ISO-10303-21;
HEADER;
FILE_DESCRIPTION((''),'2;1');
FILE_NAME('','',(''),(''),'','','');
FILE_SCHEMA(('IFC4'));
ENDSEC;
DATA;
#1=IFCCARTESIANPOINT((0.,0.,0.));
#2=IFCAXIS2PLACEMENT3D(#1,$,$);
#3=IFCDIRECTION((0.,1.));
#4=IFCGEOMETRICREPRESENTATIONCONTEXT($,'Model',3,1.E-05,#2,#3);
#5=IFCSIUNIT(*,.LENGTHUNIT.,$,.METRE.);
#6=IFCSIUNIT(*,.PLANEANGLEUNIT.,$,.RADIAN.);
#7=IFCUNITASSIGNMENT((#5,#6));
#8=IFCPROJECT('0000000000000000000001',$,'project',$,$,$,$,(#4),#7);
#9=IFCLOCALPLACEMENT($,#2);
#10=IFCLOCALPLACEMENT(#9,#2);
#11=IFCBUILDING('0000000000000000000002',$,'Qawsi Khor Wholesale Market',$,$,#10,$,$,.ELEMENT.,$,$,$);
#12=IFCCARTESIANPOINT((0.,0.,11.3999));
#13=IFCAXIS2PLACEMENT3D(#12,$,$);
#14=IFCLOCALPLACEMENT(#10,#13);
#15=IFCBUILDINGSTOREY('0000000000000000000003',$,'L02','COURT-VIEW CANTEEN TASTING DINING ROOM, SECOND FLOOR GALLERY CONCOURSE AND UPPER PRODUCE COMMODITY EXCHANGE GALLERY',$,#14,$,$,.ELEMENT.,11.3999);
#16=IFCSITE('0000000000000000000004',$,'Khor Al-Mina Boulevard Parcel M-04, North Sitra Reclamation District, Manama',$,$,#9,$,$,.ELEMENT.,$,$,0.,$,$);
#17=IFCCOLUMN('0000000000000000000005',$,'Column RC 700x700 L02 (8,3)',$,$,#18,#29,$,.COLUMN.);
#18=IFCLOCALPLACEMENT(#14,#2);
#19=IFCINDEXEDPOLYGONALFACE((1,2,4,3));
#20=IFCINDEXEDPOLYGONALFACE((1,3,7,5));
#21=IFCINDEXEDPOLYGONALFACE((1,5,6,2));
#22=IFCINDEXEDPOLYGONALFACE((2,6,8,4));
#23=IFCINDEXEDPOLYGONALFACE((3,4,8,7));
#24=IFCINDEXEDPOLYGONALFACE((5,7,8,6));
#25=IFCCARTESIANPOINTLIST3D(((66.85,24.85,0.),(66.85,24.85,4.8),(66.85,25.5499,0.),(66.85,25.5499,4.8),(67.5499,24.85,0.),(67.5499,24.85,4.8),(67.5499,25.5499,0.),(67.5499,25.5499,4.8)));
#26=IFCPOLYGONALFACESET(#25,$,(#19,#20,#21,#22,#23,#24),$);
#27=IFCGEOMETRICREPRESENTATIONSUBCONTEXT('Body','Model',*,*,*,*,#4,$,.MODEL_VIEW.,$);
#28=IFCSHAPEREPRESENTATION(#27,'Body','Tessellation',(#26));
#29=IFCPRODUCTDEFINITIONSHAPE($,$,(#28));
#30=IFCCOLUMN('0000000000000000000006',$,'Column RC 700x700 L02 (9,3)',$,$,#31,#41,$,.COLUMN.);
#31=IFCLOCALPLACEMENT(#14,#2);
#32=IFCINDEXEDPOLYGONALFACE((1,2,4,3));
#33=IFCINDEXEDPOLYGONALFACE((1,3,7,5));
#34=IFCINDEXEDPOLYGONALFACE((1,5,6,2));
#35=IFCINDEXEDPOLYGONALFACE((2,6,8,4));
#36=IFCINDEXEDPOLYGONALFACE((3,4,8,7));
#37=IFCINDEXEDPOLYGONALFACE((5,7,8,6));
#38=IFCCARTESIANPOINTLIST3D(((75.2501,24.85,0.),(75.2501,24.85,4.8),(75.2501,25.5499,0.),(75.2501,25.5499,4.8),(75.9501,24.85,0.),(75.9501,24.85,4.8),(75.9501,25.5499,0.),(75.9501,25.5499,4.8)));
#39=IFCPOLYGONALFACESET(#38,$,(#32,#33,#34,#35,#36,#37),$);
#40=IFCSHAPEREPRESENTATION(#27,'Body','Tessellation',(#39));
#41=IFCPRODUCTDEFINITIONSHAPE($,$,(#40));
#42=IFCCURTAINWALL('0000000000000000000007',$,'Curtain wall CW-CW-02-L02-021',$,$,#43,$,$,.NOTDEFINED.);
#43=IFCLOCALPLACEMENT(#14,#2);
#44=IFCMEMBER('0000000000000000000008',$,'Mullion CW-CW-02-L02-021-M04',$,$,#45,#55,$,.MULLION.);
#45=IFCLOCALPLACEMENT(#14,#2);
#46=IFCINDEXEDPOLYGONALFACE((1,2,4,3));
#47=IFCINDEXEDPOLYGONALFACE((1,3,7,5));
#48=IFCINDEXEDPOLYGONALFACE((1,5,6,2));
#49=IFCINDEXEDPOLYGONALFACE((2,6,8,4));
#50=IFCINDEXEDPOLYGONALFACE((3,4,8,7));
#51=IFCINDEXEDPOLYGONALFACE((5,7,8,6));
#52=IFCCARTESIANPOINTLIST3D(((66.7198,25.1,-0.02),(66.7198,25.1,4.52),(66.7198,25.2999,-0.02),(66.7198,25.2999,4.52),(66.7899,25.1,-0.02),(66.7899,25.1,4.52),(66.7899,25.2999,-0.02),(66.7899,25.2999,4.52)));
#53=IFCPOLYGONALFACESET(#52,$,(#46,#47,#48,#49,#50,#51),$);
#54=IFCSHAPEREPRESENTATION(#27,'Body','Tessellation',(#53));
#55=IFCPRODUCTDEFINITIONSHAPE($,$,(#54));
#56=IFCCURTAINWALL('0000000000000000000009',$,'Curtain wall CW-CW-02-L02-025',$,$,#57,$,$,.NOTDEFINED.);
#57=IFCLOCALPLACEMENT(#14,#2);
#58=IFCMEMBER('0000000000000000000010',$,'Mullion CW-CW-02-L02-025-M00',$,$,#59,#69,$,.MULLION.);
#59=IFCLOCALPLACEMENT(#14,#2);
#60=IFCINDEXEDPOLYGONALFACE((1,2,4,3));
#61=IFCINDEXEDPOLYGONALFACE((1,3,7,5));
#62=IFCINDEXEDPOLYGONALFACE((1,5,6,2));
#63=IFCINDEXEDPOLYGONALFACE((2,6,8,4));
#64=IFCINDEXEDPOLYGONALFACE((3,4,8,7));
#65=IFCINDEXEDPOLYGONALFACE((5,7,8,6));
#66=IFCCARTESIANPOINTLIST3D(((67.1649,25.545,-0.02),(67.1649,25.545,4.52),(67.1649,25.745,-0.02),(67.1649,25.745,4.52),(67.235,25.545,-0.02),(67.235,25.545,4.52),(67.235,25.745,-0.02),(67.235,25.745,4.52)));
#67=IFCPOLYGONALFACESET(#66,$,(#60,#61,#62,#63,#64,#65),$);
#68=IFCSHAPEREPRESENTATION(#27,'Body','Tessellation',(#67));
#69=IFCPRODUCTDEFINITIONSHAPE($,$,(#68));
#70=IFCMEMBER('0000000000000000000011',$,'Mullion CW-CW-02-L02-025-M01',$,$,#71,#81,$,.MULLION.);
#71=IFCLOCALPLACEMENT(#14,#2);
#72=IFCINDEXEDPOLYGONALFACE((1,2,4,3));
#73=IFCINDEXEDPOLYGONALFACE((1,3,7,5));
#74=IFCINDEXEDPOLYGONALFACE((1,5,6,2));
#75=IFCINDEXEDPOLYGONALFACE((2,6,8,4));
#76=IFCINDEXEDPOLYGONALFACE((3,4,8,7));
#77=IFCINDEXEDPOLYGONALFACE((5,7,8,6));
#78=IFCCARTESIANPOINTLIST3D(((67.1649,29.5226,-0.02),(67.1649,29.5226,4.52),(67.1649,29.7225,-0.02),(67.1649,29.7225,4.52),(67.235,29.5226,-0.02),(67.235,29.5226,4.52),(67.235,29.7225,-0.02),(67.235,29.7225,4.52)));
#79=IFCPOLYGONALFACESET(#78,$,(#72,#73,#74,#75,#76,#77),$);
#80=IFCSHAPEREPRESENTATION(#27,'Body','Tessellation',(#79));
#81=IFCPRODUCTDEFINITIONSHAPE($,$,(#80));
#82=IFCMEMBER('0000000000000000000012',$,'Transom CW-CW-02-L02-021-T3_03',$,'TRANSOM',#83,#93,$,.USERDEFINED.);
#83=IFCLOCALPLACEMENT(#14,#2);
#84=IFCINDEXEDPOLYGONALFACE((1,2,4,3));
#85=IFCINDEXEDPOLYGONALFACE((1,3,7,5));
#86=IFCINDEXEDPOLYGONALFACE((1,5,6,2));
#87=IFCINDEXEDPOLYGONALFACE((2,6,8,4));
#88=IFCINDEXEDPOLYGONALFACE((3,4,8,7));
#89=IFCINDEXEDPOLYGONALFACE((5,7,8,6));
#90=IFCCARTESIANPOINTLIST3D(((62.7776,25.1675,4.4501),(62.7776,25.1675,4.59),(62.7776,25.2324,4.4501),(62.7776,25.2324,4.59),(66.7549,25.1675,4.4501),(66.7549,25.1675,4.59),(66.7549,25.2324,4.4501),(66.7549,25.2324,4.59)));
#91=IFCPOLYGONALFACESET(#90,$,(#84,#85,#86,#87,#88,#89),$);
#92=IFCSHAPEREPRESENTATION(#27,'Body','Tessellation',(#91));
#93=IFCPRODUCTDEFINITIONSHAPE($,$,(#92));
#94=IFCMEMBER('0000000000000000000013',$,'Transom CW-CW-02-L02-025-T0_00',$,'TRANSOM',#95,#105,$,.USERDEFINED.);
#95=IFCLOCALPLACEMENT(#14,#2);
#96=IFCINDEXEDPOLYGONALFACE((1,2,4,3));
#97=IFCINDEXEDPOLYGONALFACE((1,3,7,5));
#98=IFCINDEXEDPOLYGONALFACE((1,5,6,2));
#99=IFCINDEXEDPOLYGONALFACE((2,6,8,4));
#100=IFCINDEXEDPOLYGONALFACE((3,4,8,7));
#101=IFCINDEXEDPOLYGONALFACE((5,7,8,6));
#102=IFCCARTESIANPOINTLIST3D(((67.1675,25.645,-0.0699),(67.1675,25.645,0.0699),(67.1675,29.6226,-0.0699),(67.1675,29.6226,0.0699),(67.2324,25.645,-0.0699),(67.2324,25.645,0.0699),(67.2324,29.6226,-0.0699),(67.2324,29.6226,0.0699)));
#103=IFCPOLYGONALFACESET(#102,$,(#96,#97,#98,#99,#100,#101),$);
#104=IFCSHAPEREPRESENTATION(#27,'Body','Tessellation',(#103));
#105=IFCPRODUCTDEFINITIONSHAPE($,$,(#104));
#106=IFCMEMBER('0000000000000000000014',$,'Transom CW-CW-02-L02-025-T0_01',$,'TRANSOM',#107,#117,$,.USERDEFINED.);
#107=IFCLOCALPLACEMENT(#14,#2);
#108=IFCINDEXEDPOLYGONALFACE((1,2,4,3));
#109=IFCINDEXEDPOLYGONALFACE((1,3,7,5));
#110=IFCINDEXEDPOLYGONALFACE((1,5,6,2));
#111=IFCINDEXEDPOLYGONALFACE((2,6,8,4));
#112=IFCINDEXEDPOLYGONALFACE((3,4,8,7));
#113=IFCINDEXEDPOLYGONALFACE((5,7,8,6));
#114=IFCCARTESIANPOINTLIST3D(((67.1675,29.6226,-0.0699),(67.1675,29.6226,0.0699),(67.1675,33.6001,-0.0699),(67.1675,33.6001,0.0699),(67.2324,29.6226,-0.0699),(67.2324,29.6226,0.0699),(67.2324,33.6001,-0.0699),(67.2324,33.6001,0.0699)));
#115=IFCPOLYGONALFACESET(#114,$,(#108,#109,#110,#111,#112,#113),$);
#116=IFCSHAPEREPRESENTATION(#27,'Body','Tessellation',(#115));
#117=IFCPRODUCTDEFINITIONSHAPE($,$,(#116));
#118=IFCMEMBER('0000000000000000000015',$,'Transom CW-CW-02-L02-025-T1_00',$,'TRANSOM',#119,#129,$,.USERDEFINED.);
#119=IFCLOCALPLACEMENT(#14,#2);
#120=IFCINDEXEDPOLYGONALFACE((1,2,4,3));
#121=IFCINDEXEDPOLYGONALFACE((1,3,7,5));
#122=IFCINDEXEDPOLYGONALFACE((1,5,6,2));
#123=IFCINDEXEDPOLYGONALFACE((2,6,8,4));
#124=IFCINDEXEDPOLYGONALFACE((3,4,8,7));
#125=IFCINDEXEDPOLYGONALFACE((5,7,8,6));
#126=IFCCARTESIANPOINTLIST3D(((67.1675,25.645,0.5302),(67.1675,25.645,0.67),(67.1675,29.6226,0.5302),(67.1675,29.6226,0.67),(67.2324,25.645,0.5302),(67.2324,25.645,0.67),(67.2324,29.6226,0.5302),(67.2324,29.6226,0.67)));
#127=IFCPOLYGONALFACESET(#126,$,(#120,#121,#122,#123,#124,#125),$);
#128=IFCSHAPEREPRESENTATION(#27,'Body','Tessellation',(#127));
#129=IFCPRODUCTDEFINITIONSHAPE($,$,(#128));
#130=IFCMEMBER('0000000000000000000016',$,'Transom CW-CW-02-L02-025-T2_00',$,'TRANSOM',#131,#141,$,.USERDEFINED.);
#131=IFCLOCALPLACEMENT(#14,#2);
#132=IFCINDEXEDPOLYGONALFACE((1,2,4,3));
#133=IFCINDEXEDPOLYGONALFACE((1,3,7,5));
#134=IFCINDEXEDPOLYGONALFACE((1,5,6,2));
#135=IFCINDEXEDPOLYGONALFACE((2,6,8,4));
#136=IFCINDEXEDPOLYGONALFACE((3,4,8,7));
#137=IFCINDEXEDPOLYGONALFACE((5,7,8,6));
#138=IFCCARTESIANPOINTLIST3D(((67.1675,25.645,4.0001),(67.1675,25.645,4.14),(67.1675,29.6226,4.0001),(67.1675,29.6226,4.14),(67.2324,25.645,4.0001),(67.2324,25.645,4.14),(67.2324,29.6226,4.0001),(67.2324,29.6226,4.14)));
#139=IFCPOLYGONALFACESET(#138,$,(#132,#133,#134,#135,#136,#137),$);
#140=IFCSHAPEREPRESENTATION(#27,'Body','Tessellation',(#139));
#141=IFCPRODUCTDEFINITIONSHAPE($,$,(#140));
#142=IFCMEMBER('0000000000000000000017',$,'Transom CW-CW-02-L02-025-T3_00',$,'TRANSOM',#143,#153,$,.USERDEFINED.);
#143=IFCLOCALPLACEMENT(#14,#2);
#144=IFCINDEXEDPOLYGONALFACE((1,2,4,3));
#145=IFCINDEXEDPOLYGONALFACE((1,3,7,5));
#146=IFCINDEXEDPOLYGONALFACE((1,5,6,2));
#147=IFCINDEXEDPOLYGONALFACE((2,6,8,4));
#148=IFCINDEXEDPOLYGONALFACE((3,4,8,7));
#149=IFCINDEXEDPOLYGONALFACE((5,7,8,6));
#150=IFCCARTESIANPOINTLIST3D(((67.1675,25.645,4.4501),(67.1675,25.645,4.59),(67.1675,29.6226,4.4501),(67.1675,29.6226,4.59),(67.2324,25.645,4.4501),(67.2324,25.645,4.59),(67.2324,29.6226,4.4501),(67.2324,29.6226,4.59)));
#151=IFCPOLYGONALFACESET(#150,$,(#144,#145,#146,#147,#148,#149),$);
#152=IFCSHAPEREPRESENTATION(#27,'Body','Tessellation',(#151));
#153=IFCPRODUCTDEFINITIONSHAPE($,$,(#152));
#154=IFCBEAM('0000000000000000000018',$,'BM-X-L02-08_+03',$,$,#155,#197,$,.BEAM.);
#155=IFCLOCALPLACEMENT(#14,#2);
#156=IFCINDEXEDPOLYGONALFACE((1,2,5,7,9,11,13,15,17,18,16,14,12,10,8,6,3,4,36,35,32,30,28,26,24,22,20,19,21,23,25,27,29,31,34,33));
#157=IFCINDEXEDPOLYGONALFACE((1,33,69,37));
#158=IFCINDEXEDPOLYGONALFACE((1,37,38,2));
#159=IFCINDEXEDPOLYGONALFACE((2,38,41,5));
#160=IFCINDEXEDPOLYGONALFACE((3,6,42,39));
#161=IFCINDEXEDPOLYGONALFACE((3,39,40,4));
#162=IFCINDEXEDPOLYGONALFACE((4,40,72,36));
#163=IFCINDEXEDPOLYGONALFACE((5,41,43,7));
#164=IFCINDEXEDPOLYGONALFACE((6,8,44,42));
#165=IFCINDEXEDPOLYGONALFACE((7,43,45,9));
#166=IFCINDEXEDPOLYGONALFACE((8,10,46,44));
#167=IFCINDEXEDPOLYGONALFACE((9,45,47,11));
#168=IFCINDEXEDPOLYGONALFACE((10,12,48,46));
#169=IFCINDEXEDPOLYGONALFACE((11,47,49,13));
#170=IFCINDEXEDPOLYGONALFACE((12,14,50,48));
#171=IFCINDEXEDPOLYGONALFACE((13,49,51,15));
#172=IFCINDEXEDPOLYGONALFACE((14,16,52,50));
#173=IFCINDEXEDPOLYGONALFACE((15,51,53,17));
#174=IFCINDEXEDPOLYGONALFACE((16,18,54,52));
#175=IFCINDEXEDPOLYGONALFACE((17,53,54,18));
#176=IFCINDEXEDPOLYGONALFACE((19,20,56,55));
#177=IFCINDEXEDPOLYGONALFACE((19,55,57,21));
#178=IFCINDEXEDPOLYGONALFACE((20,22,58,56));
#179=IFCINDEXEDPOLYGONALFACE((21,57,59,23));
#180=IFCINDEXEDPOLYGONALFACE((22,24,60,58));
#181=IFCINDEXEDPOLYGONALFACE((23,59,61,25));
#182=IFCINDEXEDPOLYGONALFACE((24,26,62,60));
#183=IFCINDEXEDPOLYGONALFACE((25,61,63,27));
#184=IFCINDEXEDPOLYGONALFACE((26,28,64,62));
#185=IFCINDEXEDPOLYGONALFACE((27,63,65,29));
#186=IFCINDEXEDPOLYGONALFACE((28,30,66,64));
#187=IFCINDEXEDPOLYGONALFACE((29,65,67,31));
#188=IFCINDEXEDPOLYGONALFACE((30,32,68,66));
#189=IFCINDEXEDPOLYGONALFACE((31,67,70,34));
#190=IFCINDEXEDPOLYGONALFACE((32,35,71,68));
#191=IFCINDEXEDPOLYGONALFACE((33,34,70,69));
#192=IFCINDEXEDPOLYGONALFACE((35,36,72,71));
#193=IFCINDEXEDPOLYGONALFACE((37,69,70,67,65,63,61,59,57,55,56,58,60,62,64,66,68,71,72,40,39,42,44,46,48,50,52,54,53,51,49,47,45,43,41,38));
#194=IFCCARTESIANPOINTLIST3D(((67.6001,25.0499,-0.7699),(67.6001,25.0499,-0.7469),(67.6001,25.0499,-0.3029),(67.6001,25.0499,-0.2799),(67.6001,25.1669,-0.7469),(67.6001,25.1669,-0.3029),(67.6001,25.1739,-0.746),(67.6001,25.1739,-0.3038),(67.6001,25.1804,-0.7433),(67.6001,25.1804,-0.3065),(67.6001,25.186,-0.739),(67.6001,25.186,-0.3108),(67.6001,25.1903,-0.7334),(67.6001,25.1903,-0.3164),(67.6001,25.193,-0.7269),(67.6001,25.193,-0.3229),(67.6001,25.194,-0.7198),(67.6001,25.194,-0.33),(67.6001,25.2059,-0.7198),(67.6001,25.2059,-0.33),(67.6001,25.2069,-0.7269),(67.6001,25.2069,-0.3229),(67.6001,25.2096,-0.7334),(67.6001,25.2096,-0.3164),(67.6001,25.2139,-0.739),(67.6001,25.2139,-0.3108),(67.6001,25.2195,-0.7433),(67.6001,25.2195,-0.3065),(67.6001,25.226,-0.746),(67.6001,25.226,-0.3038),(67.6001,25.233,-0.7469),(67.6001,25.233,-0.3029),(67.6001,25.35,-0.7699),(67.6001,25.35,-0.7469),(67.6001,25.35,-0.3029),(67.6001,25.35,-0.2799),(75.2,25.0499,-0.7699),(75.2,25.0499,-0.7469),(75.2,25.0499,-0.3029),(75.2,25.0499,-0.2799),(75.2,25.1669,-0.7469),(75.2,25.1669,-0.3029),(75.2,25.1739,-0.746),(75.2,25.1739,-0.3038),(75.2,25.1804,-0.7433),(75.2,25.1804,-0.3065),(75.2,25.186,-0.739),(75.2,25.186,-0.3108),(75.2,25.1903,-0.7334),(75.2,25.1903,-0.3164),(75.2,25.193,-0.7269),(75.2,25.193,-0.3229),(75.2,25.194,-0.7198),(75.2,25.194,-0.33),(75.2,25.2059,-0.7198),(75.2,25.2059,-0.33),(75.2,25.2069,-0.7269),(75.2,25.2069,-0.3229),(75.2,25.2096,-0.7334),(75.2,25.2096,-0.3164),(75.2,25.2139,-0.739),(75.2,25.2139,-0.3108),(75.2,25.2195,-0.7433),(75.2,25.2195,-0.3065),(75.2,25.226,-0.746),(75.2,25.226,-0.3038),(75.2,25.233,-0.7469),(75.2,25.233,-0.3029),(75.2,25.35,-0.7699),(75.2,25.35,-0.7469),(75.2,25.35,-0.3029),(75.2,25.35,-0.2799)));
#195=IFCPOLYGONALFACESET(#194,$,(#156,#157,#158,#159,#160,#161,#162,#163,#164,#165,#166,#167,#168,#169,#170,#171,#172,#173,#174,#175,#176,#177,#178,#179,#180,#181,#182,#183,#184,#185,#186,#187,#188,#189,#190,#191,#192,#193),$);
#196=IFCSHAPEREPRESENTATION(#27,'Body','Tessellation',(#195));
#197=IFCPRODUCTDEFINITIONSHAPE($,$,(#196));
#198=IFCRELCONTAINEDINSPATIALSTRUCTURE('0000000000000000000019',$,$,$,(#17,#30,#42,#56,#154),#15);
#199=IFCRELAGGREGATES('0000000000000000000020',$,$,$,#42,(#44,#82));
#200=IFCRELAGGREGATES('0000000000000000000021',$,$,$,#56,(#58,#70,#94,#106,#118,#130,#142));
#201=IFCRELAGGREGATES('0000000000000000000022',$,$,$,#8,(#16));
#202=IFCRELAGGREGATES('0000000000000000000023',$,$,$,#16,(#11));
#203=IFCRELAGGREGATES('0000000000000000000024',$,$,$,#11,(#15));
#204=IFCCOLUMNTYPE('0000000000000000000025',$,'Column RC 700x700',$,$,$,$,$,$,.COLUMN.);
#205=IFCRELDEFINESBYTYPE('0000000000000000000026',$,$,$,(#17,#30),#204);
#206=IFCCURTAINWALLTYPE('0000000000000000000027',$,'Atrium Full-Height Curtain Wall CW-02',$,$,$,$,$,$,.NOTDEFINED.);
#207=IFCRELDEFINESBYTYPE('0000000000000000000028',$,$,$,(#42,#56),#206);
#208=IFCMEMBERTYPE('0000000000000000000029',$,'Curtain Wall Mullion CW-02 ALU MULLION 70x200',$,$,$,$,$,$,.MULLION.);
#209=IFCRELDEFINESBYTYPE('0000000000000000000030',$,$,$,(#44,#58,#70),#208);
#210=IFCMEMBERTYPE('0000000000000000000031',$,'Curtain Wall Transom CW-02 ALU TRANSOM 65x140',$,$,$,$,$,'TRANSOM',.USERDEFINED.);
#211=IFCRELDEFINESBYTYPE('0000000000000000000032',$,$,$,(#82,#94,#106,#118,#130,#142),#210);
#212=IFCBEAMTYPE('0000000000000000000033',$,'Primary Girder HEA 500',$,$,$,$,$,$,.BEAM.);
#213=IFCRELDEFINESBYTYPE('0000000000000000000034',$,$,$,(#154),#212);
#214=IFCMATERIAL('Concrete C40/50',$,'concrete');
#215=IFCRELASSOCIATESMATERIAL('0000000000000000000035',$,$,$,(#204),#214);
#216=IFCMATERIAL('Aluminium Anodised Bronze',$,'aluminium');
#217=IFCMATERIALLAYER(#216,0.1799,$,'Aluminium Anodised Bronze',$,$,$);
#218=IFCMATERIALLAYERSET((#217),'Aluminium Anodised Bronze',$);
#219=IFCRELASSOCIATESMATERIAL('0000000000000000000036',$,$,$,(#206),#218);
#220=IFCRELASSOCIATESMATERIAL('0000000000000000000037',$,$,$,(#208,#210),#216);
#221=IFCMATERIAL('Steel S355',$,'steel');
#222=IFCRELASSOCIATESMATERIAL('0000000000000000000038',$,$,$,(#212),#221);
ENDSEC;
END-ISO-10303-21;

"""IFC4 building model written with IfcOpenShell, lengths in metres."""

from ifc_helpers import new_model, si_unit, direction, frame, origin, origin_2d, place, context, subcontext, project, spatial, rectangle, i_section, extrude, material, layer, layer_set, material_profile, profile_set, type_object, element, aggregate, save


model = new_model("IFC4")

# Units and contexts
model_context = context("Model", 3, precision=1e-05, world=origin(), true_north=direction((0.0, 1.0)))
body_context = subcontext(model_context, "Body", "Model", "MODEL_VIEW")
ifc_project = project(units=[si_unit("LENGTHUNIT", "METRE"), si_unit("PLANEANGLEUNIT", "RADIAN")], contexts=[model_context])

# Site, building, storey
site_placement = place(None, origin())
site = spatial("IfcSite", under=ifc_project, at=site_placement, Name="Khor Al-Mina Boulevard Parcel M-04, North Sitra Reclamation District, Manama", CompositionType="ELEMENT", RefElevation=0.0)
building_placement = place(site_placement, origin())
building = spatial("IfcBuilding", under=site, at=building_placement, Name="Qawsi Khor Wholesale Market", CompositionType="ELEMENT")
storey_placement = place(building_placement, frame((0.0, 0.0, 11.3999)))
storey = spatial("IfcBuildingStorey", under=building, at=storey_placement, Name="L02", Description="COURT-VIEW CANTEEN TASTING DINING ROOM, SECOND FLOOR GALLERY CONCOURSE AND UPPER PRODUCE COMMODITY EXCHANGE GALLERY", CompositionType="ELEMENT", Elevation=11.3999)

# Columns
ifc_material_1 = material(Name="Concrete C40/50", Category="concrete")
ifc_material_profile_1 = material_profile(ifc_material_1, rectangle(XDim=0.7, YDim=0.7, at=origin_2d()), Name="RC 700x700")
ifc_profile_set_1 = profile_set([ifc_material_profile_1], Name="Concrete C40/50")
column_type = type_object("IfcColumnType", Name="Column RC 700x700", PredefinedType="COLUMN", material=ifc_profile_set_1)
for number, where, z_axis, x_axis, name in (
    (1, (67.2, 25.2, 0.0), (0.0, 0.0, 1.0), (1.0, 0.0, 0.0), "Column RC 700x700 L02 (8,3)"),
    (2, (75.6001, 25.2, 0.0), (0.0, 0.0, 1.0), (1.0, 0.0, 0.0), "Column RC 700x700 L02 (9,3)"),
):
    element("IfcColumn", number, at=place(storey_placement, frame(where, z_axis=z_axis, x_axis=x_axis)), inside=storey, type_object=column_type, Name=name, PredefinedType="COLUMN", context=body_context, shape_type="SweptSolid", body=[
        extrude(rectangle(XDim=0.7, YDim=0.7, at=origin_2d()), origin(), (0.0, 0.0, 1.0), 4.8),
    ])

# Curtain wall, member
ifc_material_2 = material(Name="Aluminium Anodised Bronze", Category="aluminium")
ifc_layer_1 = layer(ifc_material_2, 0.1799, Name="Aluminium Anodised Bronze")
ifc_layer_set_1 = layer_set([ifc_layer_1], Name="Aluminium Anodised Bronze")
curtain_wall_type = type_object("IfcCurtainWallType", Name="Atrium Full-Height Curtain Wall CW-02", PredefinedType="NOTDEFINED", material=ifc_layer_set_1)
curtain_wall_1_placement = place(storey_placement, origin())
curtain_wall_1 = element("IfcCurtainWall", 3, at=curtain_wall_1_placement, inside=storey, type_object=curtain_wall_type, Name="Curtain wall CW-CW-02-L02-021", PredefinedType="NOTDEFINED")
ifc_material_profile_2 = material_profile(ifc_material_2, rectangle(XDim=0.0701, YDim=0.2, at=origin_2d()), Name="ALU MULLION 70x200")
ifc_profile_set_2 = profile_set([ifc_material_profile_2], Name="Aluminium Anodised Bronze")
member_type_1 = type_object("IfcMemberType", Name="Curtain Wall Mullion CW-02 ALU MULLION 70x200", PredefinedType="MULLION", material=ifc_profile_set_2)
member_1_placement = place(storey_placement, frame((66.7549, 25.2, -0.02), z_axis=(0.0, 0.0, 1.0), x_axis=(1.0, 0.0, 0.0)))
member_1 = element("IfcMember", 4, at=member_1_placement, type_object=member_type_1, Name="Mullion CW-CW-02-L02-021-M04", PredefinedType="MULLION", context=body_context, shape_type="SweptSolid", body=[
    extrude(rectangle(XDim=0.0701, YDim=0.2, at=origin_2d()), origin(), (0.0, 0.0, 1.0), 4.54),
])

# Curtain wall, members
curtain_wall_2_placement = place(storey_placement, origin())
curtain_wall_2 = element("IfcCurtainWall", 5, at=curtain_wall_2_placement, inside=storey, type_object=curtain_wall_type, Name="Curtain wall CW-CW-02-L02-025", PredefinedType="NOTDEFINED")
member_2_placement = place(storey_placement, frame((67.2, 25.645, -0.02), z_axis=(0.0, 0.0, 1.0), x_axis=(1.0, 0.0, 0.0)))
member_2 = element("IfcMember", 6, at=member_2_placement, type_object=member_type_1, Name="Mullion CW-CW-02-L02-025-M00", PredefinedType="MULLION", context=body_context, shape_type="SweptSolid", body=[
    extrude(rectangle(XDim=0.0701, YDim=0.2, at=origin_2d()), origin(), (0.0, 0.0, 1.0), 4.54),
])
member_3_placement = place(storey_placement, frame((67.2, 29.6226, -0.02), z_axis=(0.0, 0.0, 1.0), x_axis=(1.0, 0.0, 0.0)))
member_3 = element("IfcMember", 7, at=member_3_placement, type_object=member_type_1, Name="Mullion CW-CW-02-L02-025-M01", PredefinedType="MULLION", context=body_context, shape_type="SweptSolid", body=[
    extrude(rectangle(XDim=0.0701, YDim=0.2, at=origin_2d()), origin(), (0.0, 0.0, 1.0), 4.54),
])

# Members
ifc_material_profile_3 = material_profile(ifc_material_2, rectangle(XDim=0.0649, YDim=0.1399, at=origin_2d()), Name="ALU TRANSOM 65x140")
ifc_profile_set_3 = profile_set([ifc_material_profile_3], Name="Aluminium Anodised Bronze")
member_type_2 = type_object("IfcMemberType", Name="Curtain Wall Transom CW-02 ALU TRANSOM 65x140", ElementType="TRANSOM", PredefinedType="USERDEFINED", material=ifc_profile_set_3)
member_4_placement = place(storey_placement, frame((62.7776, 25.2, 4.52), z_axis=(1.0, 0.0, 0.0), x_axis=(0.0, 1.0, 0.0)))
member_4 = element("IfcMember", 8, at=member_4_placement, type_object=member_type_2, Name="Transom CW-CW-02-L02-021-T3_03", ObjectType="TRANSOM", PredefinedType="USERDEFINED", context=body_context, shape_type="SweptSolid", body=[
    extrude(rectangle(XDim=0.0649, YDim=0.1399, at=origin_2d()), origin(), (0.0, 0.0, 1.0), 3.9773),
])
member_5_placement = place(storey_placement, frame((67.2, 25.645, 0.0), z_axis=(0.0, 1.0, 0.0), x_axis=(-1.0, 0.0, 0.0)))
member_5 = element("IfcMember", 9, at=member_5_placement, type_object=member_type_2, Name="Transom CW-CW-02-L02-025-T0_00", ObjectType="TRANSOM", PredefinedType="USERDEFINED", context=body_context, shape_type="SweptSolid", body=[
    extrude(rectangle(XDim=0.0649, YDim=0.1399, at=origin_2d()), origin(), (0.0, 0.0, 1.0), 3.9775),
])
member_6_placement = place(storey_placement, frame((67.2, 29.6226, 0.0), z_axis=(0.0, 1.0, 0.0), x_axis=(-1.0, 0.0, 0.0)))
member_6 = element("IfcMember", 10, at=member_6_placement, type_object=member_type_2, Name="Transom CW-CW-02-L02-025-T0_01", ObjectType="TRANSOM", PredefinedType="USERDEFINED", context=body_context, shape_type="SweptSolid", body=[
    extrude(rectangle(XDim=0.0649, YDim=0.1399, at=origin_2d()), origin(), (0.0, 0.0, 1.0), 3.9775),
])
member_7_placement = place(storey_placement, frame((67.2, 25.645, 0.6001), z_axis=(0.0, 1.0, 0.0), x_axis=(-1.0, 0.0, 0.0)))
member_7 = element("IfcMember", 11, at=member_7_placement, type_object=member_type_2, Name="Transom CW-CW-02-L02-025-T1_00", ObjectType="TRANSOM", PredefinedType="USERDEFINED", context=body_context, shape_type="SweptSolid", body=[
    extrude(rectangle(XDim=0.0649, YDim=0.1399, at=origin_2d()), origin(), (0.0, 0.0, 1.0), 3.9775),
])
member_8_placement = place(storey_placement, frame((67.2, 25.645, 4.0701), z_axis=(0.0, 1.0, 0.0), x_axis=(-1.0, 0.0, 0.0)))
member_8 = element("IfcMember", 12, at=member_8_placement, type_object=member_type_2, Name="Transom CW-CW-02-L02-025-T2_00", ObjectType="TRANSOM", PredefinedType="USERDEFINED", context=body_context, shape_type="SweptSolid", body=[
    extrude(rectangle(XDim=0.0649, YDim=0.1399, at=origin_2d()), origin(), (0.0, 0.0, 1.0), 3.9775),
])
member_9_placement = place(storey_placement, frame((67.2, 25.645, 4.52), z_axis=(0.0, 1.0, 0.0), x_axis=(-1.0, 0.0, 0.0)))
member_9 = element("IfcMember", 13, at=member_9_placement, type_object=member_type_2, Name="Transom CW-CW-02-L02-025-T3_00", ObjectType="TRANSOM", PredefinedType="USERDEFINED", context=body_context, shape_type="SweptSolid", body=[
    extrude(rectangle(XDim=0.0649, YDim=0.1399, at=origin_2d()), origin(), (0.0, 0.0, 1.0), 3.9775),
])

# Beam
ifc_material_3 = material(Name="Steel S355", Category="steel")
ifc_material_profile_4 = material_profile(ifc_material_3, i_section(OverallWidth=0.3, OverallDepth=0.49, WebThickness=0.012, FlangeThickness=0.0229, FilletRadius=0.0271, at=origin_2d()), Name="HEA 500")
ifc_profile_set_4 = profile_set([ifc_material_profile_4], Name="Steel S355")
beam_type_1 = type_object("IfcBeamType", Name="Primary Girder HEA 500", PredefinedType="BEAM", material=ifc_profile_set_4)
beam_1_placement = place(storey_placement, frame((67.6001, 25.2, -0.5249), z_axis=(1.0, 0.0, 0.0), x_axis=(0.0, 1.0, 0.0)))
element("IfcBeam", 14, at=beam_1_placement, inside=storey, type_object=beam_type_1, Name="BM-X-L02-08_+03", PredefinedType="BEAM", context=body_context, shape_type="SweptSolid", body=[
    extrude(i_section(OverallWidth=0.3, OverallDepth=0.49, WebThickness=0.012, FlangeThickness=0.0229, FilletRadius=0.0271, at=origin_2d()), origin(), (0.0, 0.0, 1.0), 7.5999),
])

aggregate(curtain_wall_1, [member_1, member_4])
aggregate(curtain_wall_2, [member_2, member_3, member_5, member_6, member_7, member_8, member_9])

save(model, "model.ifc")
